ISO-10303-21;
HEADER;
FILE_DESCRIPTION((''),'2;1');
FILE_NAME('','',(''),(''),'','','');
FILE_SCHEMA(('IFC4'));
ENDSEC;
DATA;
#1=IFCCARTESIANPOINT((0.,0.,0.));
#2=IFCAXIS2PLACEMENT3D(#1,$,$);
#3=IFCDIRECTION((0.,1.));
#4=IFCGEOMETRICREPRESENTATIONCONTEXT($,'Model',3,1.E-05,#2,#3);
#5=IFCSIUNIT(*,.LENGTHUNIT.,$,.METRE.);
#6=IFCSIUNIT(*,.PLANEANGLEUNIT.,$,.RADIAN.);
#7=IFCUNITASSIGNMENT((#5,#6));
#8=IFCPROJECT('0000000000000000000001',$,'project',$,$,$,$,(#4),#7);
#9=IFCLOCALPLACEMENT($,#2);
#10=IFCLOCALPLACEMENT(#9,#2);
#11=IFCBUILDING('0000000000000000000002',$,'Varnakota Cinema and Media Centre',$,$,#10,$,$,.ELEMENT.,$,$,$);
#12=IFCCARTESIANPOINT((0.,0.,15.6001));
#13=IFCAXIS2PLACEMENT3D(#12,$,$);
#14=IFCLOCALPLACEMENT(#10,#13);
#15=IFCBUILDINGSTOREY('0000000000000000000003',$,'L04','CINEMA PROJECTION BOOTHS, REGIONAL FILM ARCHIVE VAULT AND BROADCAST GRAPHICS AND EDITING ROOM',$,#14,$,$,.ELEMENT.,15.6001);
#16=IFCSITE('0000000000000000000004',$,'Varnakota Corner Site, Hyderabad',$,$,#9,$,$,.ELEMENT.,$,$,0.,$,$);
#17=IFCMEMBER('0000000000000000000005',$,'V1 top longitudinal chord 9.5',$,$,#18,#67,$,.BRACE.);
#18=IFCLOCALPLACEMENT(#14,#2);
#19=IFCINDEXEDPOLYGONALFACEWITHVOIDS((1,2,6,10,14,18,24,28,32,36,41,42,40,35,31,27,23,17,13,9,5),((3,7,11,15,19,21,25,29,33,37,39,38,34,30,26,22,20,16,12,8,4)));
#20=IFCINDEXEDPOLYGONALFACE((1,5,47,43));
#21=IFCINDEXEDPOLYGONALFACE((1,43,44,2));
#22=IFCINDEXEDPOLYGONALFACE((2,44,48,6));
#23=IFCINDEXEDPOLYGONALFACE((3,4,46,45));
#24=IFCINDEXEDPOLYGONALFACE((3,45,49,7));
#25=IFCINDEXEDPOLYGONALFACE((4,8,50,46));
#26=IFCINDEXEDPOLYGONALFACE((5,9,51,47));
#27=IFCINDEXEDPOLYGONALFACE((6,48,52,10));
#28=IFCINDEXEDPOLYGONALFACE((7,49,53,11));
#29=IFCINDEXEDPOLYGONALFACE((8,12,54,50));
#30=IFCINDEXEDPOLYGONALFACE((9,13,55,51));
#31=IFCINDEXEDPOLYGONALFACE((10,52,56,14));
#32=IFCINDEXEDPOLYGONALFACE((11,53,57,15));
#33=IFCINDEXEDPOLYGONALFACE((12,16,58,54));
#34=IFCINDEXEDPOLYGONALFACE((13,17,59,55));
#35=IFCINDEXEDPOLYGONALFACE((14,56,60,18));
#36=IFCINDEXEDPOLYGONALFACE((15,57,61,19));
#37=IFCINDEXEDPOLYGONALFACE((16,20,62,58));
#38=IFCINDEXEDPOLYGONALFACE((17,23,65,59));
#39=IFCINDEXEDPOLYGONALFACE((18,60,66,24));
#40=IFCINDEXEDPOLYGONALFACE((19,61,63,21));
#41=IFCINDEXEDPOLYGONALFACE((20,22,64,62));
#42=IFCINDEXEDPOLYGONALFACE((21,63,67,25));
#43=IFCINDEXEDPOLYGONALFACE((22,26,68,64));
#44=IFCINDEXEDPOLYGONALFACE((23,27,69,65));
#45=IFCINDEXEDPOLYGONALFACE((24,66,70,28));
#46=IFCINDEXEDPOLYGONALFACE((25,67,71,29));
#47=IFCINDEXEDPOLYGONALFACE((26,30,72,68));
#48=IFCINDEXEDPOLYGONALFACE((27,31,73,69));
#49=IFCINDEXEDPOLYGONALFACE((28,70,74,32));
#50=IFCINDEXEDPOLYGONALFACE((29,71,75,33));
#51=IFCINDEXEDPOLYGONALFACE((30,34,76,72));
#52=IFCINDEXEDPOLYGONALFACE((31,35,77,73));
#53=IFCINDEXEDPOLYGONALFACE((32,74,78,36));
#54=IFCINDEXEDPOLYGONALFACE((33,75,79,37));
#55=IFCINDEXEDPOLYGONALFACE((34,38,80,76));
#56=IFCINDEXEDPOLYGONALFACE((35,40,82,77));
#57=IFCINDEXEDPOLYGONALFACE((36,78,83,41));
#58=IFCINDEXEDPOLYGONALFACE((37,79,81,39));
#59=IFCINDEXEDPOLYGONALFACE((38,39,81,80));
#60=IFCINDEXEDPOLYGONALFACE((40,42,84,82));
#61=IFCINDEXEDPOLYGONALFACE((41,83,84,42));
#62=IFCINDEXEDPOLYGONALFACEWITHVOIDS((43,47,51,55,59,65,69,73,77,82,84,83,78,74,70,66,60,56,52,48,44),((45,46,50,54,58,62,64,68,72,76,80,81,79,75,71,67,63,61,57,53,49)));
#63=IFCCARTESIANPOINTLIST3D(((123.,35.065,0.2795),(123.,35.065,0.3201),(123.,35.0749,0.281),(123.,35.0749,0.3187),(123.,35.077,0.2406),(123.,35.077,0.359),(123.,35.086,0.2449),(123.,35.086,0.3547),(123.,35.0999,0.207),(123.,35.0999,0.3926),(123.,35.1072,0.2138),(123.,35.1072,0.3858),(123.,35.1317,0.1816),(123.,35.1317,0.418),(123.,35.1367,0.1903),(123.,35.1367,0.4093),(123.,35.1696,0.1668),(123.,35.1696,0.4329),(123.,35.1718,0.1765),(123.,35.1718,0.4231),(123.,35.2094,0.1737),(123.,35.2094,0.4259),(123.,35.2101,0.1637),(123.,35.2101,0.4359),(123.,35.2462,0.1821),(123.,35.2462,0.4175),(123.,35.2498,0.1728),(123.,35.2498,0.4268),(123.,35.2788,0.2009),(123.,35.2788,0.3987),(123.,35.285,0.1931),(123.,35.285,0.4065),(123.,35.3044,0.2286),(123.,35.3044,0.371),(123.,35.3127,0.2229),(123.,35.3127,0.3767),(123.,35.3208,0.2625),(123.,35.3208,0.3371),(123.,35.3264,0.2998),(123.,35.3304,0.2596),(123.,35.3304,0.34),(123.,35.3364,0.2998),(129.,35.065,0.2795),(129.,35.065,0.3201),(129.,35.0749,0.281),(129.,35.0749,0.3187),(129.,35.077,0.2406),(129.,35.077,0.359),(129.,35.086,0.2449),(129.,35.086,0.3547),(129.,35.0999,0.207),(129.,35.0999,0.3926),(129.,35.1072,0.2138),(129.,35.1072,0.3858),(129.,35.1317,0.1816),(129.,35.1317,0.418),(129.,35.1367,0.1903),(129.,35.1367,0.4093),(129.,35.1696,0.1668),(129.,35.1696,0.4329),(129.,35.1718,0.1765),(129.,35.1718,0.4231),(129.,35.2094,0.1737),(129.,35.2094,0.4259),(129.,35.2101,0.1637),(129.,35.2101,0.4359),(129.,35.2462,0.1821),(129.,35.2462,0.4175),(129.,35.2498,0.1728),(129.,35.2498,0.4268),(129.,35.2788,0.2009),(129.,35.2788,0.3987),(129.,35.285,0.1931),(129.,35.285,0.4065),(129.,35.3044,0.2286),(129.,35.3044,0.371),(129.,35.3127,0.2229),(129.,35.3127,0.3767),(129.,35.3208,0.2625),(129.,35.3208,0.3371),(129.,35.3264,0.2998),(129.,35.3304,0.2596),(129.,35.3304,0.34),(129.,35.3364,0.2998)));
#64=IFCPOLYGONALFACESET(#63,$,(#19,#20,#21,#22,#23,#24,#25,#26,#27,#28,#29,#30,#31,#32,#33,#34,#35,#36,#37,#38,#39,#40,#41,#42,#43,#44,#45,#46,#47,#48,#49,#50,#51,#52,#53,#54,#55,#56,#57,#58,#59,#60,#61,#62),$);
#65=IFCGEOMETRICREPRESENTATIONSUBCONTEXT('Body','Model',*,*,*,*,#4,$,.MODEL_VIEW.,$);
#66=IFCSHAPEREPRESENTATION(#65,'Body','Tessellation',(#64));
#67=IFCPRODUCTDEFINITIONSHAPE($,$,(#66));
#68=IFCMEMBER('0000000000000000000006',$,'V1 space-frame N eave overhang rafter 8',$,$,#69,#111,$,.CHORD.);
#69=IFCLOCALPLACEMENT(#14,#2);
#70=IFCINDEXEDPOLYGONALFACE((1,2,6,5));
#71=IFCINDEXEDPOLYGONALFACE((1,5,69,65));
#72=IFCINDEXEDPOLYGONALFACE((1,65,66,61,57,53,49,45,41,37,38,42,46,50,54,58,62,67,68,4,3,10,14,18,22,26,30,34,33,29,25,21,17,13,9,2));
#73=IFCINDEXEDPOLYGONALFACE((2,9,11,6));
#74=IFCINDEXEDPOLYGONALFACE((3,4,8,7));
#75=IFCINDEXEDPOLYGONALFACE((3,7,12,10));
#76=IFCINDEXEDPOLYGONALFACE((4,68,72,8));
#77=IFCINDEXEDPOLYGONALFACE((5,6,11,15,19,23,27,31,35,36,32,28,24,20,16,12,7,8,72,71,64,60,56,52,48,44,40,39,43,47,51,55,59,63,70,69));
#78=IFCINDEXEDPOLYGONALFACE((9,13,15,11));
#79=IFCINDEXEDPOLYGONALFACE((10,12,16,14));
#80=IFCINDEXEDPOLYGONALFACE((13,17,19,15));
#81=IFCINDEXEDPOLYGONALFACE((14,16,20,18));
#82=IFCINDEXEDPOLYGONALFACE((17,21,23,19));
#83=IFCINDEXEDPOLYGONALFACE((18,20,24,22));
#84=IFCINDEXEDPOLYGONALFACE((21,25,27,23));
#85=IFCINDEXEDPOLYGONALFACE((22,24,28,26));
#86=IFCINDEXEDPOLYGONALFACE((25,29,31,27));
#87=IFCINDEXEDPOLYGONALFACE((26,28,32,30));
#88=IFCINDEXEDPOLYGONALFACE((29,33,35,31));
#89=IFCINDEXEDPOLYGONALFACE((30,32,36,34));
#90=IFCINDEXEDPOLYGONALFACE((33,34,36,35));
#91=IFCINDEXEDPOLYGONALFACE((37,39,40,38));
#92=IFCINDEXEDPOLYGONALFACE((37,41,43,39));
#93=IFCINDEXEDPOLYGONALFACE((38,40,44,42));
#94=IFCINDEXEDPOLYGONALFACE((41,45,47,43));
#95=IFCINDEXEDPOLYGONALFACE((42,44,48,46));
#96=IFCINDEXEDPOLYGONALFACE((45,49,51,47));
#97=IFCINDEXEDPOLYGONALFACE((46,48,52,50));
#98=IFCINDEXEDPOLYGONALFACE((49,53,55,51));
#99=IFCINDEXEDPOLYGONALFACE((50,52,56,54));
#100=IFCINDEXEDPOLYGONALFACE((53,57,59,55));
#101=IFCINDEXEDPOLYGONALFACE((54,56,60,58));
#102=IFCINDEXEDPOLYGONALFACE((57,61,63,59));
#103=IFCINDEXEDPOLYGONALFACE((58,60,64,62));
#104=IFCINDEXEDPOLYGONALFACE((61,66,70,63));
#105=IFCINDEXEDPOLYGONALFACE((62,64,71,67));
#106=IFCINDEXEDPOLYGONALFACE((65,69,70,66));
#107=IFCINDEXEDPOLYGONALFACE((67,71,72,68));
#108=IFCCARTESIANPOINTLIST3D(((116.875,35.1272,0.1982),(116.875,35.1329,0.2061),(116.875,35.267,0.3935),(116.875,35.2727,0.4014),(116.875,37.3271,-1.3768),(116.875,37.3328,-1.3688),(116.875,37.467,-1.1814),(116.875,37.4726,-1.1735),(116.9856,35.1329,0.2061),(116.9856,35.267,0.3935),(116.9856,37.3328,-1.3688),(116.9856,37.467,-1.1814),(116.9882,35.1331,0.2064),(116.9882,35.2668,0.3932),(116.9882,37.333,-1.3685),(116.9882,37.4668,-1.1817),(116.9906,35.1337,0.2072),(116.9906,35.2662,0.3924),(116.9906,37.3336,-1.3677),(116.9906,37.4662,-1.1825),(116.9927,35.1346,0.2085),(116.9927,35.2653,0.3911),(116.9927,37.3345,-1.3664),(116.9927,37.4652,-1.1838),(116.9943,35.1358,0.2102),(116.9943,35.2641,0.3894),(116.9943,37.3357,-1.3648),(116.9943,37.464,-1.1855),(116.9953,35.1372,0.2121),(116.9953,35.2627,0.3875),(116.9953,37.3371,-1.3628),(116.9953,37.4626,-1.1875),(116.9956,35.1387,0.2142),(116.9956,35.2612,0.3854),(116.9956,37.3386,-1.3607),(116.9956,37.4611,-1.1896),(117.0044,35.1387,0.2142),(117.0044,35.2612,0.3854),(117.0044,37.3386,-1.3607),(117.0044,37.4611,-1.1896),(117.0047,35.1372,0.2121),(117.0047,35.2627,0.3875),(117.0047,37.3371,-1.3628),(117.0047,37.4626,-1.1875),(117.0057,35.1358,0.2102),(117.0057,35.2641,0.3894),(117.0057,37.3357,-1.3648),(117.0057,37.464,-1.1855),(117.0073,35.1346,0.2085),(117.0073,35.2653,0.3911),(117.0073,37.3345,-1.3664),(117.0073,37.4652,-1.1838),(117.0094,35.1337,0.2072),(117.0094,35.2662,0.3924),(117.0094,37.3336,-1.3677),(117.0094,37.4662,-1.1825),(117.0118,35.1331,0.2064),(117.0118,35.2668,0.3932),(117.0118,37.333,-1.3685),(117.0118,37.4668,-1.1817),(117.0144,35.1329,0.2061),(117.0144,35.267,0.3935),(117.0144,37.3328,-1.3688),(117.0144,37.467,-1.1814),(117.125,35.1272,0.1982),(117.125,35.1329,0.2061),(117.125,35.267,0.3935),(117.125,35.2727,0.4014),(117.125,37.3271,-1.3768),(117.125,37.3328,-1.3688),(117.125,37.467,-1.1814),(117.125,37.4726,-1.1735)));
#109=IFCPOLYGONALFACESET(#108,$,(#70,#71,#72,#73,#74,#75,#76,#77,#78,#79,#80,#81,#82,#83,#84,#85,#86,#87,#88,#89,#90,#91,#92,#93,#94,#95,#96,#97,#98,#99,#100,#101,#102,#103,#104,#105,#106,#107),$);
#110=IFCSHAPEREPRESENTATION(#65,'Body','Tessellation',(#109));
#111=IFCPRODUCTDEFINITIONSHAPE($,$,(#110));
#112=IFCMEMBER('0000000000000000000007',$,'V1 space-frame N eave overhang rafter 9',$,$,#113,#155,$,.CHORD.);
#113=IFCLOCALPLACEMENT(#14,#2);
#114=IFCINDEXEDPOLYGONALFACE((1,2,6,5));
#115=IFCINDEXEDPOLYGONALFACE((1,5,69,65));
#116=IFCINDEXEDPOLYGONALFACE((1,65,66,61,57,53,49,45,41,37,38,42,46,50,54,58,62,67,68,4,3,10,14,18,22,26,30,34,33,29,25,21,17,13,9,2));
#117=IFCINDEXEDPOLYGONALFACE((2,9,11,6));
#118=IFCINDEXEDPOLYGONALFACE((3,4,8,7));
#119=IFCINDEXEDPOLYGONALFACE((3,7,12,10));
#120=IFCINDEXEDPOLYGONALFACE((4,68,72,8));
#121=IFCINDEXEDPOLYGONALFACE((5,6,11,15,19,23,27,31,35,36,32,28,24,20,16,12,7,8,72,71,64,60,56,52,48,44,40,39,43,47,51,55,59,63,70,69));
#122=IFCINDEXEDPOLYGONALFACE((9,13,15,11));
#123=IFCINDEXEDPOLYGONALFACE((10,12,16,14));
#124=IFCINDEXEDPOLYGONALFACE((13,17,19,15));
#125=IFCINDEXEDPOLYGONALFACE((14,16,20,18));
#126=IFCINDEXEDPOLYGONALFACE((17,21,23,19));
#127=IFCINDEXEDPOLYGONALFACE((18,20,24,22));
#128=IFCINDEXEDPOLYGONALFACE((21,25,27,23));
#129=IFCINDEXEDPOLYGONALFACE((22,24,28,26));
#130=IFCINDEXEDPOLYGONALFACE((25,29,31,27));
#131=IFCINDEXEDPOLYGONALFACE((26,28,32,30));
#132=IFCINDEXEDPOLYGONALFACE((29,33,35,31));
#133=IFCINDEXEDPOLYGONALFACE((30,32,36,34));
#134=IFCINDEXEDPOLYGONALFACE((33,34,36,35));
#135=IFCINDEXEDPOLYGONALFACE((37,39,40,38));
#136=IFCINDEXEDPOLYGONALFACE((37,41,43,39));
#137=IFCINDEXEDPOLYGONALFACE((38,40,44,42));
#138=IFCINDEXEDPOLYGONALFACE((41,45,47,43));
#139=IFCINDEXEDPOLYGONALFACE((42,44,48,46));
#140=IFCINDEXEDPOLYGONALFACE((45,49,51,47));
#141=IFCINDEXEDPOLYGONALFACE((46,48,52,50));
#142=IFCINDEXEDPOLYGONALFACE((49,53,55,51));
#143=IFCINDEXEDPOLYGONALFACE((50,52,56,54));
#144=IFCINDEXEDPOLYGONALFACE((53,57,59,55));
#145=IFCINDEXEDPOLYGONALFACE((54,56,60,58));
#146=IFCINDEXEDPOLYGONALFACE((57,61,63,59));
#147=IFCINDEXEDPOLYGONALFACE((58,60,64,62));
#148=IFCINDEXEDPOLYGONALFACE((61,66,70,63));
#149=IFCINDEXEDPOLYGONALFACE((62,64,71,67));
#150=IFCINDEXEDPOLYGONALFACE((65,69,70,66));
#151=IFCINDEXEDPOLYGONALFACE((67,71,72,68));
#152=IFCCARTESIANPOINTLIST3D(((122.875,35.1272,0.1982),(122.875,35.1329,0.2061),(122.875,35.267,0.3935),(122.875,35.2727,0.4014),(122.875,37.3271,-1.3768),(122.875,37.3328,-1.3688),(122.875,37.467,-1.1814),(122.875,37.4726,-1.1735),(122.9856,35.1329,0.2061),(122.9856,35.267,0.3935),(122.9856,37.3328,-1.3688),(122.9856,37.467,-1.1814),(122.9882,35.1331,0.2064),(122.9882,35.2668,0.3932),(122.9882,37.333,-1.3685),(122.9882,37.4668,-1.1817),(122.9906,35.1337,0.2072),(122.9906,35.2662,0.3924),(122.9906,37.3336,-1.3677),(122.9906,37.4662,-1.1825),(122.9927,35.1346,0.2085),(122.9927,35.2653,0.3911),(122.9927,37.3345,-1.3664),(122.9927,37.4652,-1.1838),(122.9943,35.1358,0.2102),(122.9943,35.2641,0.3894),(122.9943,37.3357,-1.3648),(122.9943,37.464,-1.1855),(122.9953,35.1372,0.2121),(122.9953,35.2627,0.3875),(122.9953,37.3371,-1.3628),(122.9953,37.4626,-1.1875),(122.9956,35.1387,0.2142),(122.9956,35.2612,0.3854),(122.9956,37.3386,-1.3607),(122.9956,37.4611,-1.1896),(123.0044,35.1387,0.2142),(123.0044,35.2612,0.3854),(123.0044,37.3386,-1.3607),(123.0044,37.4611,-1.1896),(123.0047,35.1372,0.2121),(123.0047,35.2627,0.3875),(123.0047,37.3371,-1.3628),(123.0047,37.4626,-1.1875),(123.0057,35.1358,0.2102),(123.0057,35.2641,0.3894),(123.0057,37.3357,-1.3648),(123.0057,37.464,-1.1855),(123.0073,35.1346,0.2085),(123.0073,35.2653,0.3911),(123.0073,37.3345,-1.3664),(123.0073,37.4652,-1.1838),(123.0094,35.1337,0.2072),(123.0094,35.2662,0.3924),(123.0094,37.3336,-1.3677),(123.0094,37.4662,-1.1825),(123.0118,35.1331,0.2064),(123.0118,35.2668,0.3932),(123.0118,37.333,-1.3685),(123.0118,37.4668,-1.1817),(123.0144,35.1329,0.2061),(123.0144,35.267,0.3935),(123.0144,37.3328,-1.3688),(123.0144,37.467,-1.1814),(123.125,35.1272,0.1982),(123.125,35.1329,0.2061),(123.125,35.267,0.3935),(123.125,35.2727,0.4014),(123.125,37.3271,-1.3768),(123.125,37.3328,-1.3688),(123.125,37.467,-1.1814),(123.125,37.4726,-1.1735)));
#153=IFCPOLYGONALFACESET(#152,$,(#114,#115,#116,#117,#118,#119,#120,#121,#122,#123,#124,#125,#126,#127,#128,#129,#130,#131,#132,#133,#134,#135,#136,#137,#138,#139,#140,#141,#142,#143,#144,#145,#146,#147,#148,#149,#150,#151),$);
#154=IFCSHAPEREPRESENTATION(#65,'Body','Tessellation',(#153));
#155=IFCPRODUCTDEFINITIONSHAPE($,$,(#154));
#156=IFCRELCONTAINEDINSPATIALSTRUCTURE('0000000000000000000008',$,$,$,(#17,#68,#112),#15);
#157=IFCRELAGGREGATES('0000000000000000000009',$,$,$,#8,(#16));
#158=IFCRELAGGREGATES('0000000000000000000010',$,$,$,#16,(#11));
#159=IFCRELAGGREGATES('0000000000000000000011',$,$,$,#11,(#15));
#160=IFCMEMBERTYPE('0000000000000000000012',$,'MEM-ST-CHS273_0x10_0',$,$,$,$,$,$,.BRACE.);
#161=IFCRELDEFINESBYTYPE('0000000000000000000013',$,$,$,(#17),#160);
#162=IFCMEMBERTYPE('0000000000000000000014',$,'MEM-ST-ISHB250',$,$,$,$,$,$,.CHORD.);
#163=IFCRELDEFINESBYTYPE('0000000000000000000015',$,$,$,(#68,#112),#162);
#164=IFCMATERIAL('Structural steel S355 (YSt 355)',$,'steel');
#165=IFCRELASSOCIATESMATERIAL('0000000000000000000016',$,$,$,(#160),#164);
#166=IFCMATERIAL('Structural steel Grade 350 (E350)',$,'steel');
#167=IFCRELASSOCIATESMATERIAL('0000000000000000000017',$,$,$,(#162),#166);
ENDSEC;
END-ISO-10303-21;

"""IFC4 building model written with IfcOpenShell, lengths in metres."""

from ifc_helpers import new_model, si_unit, direction, frame, origin, origin_2d, place, context, subcontext, project, spatial, hollow_circle, i_section, extrude, material, material_profile, profile_set, type_object, element, save


model = new_model("IFC4")

# Units and contexts
model_context = context("Model", 3, precision=1e-05, world=origin(), true_north=direction((0.0, 1.0)))
body_context = subcontext(model_context, "Body", "Model", "MODEL_VIEW")
ifc_project = project(units=[si_unit("LENGTHUNIT", "METRE"), si_unit("PLANEANGLEUNIT", "RADIAN")], contexts=[model_context])

# Site, building, storey
site_placement = place(None, origin())
site = spatial("IfcSite", under=ifc_project, at=site_placement, Name="Varnakota Corner Site, Hyderabad", CompositionType="ELEMENT", RefElevation=0.0)
building_placement = place(site_placement, origin())
building = spatial("IfcBuilding", under=site, at=building_placement, Name="Varnakota Cinema and Media Centre", CompositionType="ELEMENT")
storey_placement = place(building_placement, frame((0.0, 0.0, 15.6001)))
storey = spatial("IfcBuildingStorey", under=building, at=storey_placement, Name="L04", Description="CINEMA PROJECTION BOOTHS, REGIONAL FILM ARCHIVE VAULT AND BROADCAST GRAPHICS AND EDITING ROOM", CompositionType="ELEMENT", Elevation=15.6001)

# Members
ifc_material_1 = material(Name="Structural steel S355 (YSt 355)", Category="steel")
ifc_material_profile_1 = material_profile(ifc_material_1, hollow_circle(Radius=0.1365, WallThickness=0.01, at=origin_2d()), Name="CHS 273.0x10.0")
ifc_profile_set_1 = profile_set([ifc_material_profile_1], Name="Structural steel S355 (YSt 355)")
member_type_1 = type_object("IfcMemberType", Name="MEM-ST-CHS273_0x10_0", PredefinedType="BRACE", material=ifc_profile_set_1)
for number, where, z_axis, x_axis, name in (
    (1, (123.0, 35.2, 0.2998), (1.0, 0.0, 0.0), (0.0, 1.0, 0.0), "V1 top longitudinal chord 9.5"),
):
    element("IfcMember", number, at=place(storey_placement, frame(where, z_axis=z_axis, x_axis=x_axis)), inside=storey, type_object=member_type_1, Name=name, PredefinedType="BRACE", context=body_context, shape_type="SweptSolid", body=[
        extrude(hollow_circle(Radius=0.1365, WallThickness=0.01, at=origin_2d()), origin(), (0.0, 0.0, 1.0), 6.0),
    ])
ifc_material_2 = material(Name="Structural steel Grade 350 (E350)", Category="steel")
ifc_material_profile_2 = material_profile(ifc_material_2, i_section(OverallWidth=0.25, OverallDepth=0.25, WebThickness=0.0088, FlangeThickness=0.0098, FilletRadius=0.01, at=origin_2d()), Name="ISHB 250")
ifc_profile_set_2 = profile_set([ifc_material_profile_2], Name="Structural steel Grade 350 (E350)")
member_type_2 = type_object("IfcMemberType", Name="MEM-ST-ISHB250", PredefinedType="CHORD", material=ifc_profile_set_2)
for number, where, z_axis, x_axis, name in (
    (2, (117.0, 35.2, 0.2998), (0.0, 0.813111, -0.582109), (-1.0, 0.0, 0.0), "V1 space-frame N eave overhang rafter 8"),
    (3, (123.0, 35.2, 0.2998), (0.0, 0.813111, -0.582109), (-1.0, 0.0, 0.0), "V1 space-frame N eave overhang rafter 9"),
):
    element("IfcMember", number, at=place(storey_placement, frame(where, z_axis=z_axis, x_axis=x_axis)), inside=storey, type_object=member_type_2, Name=name, PredefinedType="CHORD", context=body_context, shape_type="SweptSolid", body=[
        extrude(i_section(OverallWidth=0.25, OverallDepth=0.25, WebThickness=0.0088, FlangeThickness=0.0098, FilletRadius=0.01, at=origin_2d()), origin(), (0.0, 0.0, 1.0), 2.7056),
    ])

save(model, "model.ifc")
